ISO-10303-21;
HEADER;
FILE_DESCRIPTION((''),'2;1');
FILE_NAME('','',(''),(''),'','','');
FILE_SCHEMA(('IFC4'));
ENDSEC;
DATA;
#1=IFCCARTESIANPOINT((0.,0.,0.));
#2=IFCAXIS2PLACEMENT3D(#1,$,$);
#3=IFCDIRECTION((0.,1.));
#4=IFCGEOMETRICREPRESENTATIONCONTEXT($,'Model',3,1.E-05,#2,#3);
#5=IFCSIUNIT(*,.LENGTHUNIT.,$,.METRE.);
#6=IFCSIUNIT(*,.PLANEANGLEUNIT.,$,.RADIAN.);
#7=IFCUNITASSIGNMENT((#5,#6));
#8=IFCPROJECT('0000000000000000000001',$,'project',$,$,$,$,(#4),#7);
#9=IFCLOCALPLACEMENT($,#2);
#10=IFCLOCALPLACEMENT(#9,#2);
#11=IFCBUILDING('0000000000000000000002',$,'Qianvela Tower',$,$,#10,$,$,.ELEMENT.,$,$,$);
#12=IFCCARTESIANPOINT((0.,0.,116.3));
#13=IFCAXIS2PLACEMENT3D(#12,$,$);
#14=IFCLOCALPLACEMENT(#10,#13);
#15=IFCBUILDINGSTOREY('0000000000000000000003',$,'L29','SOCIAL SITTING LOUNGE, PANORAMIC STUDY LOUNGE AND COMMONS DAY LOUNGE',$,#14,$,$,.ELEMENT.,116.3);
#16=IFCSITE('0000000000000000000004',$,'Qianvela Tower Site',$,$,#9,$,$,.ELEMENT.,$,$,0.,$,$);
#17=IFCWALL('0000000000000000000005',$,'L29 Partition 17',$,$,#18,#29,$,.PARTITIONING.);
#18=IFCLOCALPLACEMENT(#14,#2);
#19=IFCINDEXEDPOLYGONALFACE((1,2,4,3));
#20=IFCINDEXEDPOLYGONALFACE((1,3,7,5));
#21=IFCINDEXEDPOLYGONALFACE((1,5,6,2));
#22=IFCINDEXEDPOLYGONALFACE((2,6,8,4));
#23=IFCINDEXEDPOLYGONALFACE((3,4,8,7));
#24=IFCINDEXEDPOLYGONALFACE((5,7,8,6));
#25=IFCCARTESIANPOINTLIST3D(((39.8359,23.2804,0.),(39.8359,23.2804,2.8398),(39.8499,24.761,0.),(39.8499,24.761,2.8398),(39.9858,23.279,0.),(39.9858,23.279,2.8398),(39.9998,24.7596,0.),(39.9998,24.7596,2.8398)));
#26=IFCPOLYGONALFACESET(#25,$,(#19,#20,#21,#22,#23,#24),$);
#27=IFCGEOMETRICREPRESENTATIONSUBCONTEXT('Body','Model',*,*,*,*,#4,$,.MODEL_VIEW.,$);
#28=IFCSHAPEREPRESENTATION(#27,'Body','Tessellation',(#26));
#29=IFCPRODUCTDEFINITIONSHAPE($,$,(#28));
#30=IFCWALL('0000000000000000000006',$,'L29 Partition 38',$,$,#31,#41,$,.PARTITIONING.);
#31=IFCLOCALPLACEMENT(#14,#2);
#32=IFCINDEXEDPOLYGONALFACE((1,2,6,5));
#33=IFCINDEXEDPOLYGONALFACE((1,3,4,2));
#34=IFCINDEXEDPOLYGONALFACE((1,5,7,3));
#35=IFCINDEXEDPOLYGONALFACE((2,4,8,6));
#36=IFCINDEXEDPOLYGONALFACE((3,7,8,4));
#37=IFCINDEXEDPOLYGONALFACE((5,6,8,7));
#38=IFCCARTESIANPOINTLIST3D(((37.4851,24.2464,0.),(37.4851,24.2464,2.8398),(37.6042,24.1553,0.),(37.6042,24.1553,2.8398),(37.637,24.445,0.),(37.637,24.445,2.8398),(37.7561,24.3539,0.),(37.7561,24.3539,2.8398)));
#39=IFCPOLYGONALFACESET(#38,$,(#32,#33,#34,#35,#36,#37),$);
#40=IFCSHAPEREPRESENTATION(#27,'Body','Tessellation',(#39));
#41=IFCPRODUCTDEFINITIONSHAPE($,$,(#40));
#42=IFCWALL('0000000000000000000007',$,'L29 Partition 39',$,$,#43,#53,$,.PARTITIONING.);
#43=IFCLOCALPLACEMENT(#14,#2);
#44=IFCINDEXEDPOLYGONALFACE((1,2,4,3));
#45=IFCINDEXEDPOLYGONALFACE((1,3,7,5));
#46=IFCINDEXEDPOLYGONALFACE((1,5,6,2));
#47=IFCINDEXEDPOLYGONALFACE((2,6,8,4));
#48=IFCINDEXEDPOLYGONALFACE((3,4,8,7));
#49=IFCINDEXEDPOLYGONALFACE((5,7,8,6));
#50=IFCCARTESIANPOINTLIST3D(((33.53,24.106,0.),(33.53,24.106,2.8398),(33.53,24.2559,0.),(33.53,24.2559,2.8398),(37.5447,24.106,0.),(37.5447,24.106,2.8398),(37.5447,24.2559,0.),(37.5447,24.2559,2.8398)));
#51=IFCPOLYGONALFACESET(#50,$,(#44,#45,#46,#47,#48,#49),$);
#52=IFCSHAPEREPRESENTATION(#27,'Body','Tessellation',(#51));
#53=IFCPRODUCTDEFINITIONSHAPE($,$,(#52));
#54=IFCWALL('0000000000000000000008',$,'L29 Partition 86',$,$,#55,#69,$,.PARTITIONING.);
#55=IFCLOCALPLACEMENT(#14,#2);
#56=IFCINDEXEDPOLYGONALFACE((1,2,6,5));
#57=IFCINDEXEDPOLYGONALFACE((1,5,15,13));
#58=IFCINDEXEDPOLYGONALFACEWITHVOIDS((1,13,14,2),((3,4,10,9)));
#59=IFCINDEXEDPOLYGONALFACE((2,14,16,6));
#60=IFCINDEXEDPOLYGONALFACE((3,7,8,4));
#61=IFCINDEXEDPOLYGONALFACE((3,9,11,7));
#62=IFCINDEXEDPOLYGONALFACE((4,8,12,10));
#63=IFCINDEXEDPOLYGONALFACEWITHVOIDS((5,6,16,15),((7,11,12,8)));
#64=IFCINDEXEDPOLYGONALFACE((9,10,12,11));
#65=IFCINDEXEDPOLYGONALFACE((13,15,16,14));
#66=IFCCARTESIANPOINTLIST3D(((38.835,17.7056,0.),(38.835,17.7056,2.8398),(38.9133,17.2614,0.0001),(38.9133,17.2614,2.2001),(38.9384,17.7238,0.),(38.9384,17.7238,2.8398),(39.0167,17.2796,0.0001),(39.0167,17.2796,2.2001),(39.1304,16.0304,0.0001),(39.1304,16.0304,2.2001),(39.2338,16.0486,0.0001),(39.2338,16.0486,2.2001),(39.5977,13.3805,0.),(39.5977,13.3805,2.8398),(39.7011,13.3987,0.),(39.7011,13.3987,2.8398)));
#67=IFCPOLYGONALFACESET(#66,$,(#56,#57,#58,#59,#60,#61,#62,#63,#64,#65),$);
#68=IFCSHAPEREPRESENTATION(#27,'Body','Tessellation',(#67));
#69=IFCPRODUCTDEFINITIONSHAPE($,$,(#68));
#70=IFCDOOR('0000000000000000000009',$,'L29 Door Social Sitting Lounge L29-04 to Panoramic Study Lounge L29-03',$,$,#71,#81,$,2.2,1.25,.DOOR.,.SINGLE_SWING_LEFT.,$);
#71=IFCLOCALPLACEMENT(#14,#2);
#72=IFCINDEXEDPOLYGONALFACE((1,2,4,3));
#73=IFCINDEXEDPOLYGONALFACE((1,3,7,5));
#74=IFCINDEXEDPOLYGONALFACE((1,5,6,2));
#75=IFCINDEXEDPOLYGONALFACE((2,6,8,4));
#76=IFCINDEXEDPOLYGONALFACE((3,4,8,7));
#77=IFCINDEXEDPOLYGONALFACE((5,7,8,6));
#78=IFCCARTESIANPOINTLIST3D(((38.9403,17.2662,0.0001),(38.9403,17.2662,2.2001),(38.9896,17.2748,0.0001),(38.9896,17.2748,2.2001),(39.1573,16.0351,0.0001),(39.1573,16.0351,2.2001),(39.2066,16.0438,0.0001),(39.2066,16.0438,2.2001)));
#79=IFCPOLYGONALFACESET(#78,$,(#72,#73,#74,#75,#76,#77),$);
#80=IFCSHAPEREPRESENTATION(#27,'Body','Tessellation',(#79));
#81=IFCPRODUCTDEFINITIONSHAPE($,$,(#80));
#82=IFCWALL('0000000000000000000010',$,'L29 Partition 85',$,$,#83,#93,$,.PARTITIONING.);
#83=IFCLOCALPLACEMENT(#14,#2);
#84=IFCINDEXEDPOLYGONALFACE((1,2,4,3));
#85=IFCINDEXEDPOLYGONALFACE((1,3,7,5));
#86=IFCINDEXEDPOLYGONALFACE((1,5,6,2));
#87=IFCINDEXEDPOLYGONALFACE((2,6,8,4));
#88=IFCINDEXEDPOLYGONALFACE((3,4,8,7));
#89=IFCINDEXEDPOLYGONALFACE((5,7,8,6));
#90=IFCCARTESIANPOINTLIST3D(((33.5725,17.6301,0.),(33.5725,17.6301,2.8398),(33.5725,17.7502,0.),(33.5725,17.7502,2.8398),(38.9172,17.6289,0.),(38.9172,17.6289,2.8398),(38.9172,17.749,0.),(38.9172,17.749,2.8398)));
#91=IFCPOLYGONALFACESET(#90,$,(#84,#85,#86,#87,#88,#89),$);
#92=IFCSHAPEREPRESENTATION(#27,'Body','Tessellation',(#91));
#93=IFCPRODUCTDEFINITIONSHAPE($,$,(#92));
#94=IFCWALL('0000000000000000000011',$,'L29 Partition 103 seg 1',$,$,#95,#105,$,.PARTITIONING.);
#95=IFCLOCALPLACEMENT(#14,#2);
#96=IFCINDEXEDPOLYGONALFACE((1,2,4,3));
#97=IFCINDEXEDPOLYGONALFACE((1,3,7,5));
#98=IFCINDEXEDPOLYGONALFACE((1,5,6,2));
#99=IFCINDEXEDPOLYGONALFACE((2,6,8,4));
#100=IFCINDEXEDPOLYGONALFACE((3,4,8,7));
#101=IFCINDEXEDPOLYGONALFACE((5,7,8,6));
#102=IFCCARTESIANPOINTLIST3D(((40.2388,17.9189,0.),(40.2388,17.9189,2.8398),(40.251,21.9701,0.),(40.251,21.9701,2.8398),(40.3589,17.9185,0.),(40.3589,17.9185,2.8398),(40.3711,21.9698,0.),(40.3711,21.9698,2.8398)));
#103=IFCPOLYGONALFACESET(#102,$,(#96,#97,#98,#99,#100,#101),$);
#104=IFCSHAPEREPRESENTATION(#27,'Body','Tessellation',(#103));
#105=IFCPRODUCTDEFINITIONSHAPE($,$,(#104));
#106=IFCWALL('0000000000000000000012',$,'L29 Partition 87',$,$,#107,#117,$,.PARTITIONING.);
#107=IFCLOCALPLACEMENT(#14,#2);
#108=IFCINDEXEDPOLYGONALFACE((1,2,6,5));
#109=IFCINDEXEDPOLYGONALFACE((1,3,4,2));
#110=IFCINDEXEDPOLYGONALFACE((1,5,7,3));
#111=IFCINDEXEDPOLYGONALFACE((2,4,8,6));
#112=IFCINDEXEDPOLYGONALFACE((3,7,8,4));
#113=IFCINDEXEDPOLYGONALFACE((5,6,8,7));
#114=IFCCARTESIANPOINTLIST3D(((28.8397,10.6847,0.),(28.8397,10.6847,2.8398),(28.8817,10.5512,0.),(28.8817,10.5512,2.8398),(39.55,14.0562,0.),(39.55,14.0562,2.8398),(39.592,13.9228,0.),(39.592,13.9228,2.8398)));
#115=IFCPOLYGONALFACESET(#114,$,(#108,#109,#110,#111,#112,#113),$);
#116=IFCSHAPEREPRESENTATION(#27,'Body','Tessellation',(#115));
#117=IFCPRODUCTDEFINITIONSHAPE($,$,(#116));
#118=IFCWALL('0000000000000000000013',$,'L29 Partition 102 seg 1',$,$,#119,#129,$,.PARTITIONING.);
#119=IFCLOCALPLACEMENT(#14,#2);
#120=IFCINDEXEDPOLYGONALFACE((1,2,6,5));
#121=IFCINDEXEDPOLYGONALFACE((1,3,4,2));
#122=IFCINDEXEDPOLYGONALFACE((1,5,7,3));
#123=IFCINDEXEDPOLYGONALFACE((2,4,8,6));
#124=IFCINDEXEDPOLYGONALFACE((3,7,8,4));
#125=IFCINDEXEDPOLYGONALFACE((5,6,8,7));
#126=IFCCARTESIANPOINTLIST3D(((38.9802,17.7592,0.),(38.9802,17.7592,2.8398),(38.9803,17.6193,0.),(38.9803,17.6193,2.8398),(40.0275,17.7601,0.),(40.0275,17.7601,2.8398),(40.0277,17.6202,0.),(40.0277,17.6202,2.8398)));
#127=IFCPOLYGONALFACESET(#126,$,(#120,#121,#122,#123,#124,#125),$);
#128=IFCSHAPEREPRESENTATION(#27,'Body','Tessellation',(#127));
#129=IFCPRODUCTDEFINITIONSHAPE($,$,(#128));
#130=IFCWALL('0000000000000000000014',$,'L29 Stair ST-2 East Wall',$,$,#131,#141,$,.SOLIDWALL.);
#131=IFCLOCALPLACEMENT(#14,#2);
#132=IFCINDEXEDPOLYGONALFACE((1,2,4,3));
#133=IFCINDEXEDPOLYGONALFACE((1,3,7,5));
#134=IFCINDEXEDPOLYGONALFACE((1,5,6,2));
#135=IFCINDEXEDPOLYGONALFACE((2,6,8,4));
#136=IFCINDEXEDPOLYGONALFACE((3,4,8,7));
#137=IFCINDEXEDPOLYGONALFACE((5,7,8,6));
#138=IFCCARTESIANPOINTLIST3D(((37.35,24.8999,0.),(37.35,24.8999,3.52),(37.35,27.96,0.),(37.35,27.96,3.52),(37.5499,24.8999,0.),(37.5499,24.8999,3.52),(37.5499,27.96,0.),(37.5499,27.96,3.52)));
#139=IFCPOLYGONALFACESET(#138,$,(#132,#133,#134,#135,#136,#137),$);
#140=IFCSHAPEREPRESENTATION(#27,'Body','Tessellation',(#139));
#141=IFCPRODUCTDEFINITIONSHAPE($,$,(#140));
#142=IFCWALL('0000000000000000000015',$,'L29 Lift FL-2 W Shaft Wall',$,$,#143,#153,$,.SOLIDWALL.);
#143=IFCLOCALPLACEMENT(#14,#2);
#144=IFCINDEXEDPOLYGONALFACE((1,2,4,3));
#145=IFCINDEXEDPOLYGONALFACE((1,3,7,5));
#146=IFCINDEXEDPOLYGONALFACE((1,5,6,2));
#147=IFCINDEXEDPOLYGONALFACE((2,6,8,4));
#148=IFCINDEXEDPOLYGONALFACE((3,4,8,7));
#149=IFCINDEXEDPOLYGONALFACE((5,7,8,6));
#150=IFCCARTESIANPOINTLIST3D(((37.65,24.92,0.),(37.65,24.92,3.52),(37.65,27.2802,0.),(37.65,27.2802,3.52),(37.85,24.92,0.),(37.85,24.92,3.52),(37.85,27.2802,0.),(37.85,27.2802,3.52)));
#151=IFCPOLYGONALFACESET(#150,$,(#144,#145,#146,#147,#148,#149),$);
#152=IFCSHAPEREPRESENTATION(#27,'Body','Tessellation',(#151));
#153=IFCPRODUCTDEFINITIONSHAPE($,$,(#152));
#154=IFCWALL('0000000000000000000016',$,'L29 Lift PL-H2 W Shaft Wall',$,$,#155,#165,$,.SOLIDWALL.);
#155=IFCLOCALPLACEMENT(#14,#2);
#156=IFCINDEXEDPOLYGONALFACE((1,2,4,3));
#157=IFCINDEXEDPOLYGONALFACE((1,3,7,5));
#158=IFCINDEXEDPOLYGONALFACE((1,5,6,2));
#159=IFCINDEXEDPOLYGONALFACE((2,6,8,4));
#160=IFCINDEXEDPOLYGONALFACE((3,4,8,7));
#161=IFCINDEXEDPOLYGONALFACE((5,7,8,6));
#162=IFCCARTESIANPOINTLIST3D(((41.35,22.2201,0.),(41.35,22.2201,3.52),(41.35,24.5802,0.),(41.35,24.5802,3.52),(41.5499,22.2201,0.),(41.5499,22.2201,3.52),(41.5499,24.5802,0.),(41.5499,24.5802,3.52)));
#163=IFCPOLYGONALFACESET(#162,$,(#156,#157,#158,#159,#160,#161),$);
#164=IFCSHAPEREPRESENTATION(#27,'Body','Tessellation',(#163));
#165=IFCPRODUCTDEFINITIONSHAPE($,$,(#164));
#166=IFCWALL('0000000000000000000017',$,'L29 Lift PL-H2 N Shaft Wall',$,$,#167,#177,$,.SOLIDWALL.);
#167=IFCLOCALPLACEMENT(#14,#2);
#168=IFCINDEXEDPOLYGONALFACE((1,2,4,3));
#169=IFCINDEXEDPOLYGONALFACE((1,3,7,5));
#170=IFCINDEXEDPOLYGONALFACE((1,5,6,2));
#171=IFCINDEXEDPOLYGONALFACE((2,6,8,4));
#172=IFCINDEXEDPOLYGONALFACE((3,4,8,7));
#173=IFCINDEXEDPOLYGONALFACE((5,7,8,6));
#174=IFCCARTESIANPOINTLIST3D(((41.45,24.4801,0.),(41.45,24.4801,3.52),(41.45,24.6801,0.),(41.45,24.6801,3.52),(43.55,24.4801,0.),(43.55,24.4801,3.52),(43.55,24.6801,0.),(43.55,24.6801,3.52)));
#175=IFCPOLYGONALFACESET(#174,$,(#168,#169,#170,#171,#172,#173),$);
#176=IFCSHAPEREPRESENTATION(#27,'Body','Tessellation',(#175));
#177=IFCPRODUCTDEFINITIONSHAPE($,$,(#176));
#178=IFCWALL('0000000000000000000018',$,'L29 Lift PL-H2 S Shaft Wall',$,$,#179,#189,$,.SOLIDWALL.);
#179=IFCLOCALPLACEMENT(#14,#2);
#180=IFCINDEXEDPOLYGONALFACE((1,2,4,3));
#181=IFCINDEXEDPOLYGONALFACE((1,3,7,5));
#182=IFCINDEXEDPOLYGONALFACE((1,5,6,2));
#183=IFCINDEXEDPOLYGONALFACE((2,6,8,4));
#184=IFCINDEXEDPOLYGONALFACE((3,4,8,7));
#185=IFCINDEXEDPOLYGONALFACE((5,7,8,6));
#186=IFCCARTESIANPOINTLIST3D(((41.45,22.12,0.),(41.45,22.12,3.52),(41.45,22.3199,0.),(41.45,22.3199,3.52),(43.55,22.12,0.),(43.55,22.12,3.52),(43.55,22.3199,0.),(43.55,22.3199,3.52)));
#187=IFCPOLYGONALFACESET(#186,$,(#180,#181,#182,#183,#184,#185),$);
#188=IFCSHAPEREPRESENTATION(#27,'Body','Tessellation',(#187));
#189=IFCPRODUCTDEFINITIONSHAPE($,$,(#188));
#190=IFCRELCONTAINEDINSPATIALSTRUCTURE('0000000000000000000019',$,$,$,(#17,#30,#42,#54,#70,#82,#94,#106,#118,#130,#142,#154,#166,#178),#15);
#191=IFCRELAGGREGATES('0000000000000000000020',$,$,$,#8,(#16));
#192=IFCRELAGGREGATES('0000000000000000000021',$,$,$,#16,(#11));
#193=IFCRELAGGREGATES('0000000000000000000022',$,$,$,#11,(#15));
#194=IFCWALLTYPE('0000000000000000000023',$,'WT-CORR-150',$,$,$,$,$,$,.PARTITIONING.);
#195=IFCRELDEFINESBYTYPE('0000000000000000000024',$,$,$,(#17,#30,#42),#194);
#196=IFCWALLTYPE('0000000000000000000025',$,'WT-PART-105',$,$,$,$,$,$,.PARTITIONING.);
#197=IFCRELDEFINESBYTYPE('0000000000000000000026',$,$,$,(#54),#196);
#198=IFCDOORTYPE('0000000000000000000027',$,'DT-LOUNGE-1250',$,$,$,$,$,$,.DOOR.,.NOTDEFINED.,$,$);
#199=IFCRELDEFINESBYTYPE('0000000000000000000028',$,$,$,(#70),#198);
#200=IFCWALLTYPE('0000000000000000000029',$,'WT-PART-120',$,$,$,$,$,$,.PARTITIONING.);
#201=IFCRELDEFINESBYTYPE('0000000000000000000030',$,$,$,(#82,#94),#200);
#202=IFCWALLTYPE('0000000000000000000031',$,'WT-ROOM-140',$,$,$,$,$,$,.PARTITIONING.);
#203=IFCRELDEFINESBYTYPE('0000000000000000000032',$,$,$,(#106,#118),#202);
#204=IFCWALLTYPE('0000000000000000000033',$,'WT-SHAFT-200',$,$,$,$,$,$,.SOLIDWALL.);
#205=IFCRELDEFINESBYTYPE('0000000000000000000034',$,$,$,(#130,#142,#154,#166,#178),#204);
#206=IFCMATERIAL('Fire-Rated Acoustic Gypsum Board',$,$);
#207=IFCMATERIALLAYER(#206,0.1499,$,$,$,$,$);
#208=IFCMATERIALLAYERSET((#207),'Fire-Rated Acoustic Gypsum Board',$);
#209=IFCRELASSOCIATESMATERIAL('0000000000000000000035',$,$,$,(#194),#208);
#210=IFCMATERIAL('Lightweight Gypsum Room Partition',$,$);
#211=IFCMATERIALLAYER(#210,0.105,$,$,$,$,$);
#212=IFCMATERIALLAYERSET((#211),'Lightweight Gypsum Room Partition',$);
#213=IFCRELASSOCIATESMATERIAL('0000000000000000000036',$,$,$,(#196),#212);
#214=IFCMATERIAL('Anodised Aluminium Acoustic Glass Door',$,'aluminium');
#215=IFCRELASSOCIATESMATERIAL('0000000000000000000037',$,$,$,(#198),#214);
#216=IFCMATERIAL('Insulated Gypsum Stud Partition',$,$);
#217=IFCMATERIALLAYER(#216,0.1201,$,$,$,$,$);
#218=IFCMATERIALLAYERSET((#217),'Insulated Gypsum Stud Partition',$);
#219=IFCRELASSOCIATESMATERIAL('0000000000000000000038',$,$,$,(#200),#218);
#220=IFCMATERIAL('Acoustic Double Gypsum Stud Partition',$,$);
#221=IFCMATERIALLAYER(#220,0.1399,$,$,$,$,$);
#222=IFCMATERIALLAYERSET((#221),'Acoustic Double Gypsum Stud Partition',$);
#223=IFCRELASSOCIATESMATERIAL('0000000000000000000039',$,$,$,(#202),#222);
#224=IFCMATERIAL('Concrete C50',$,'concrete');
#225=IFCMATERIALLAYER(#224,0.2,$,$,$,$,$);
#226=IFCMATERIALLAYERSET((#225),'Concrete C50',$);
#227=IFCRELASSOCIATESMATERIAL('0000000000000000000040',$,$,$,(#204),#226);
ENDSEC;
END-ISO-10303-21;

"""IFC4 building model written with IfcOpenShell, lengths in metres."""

from ifc_helpers import new_model, si_unit, direction, frame, frame_2d, origin, place, context, subcontext, project, spatial, rectangle, extrude, material, layer, layer_set, type_object, element, fill, save


model = new_model("IFC4")

# Units and contexts
model_context = context("Model", 3, precision=1e-05, world=origin(), true_north=direction((0.0, 1.0)))
body_context = subcontext(model_context, "Body", "Model", "MODEL_VIEW")
ifc_project = project(units=[si_unit("LENGTHUNIT", "METRE"), si_unit("PLANEANGLEUNIT", "RADIAN")], contexts=[model_context])

# Site, building, storey
site_placement = place(None, origin())
site = spatial("IfcSite", under=ifc_project, at=site_placement, Name="Qianvela Tower Site", CompositionType="ELEMENT", RefElevation=0.0)
building_placement = place(site_placement, origin())
building = spatial("IfcBuilding", under=site, at=building_placement, Name="Qianvela Tower", CompositionType="ELEMENT")
storey_placement = place(building_placement, frame((0.0, 0.0, 116.3)))
storey = spatial("IfcBuildingStorey", under=building, at=storey_placement, Name="L29", Description="SOCIAL SITTING LOUNGE, PANORAMIC STUDY LOUNGE AND COMMONS DAY LOUNGE", CompositionType="ELEMENT", Elevation=116.3)

# Walls
ifc_material_1 = material(Name="Fire-Rated Acoustic Gypsum Board")
ifc_layer_1 = layer(ifc_material_1, 0.1499)
ifc_layer_set_1 = layer_set([ifc_layer_1], Name="Fire-Rated Acoustic Gypsum Board")
wall_type_1 = type_object("IfcWallType", Name="WT-CORR-150", PredefinedType="PARTITIONING", material=ifc_layer_set_1)
wall_1_placement = place(storey_placement, frame((39.9109, 23.2798, 0.0), z_axis=(0.0, 0.0, 1.0), x_axis=(0.009398, 0.999956, 0.0)))
element("IfcWall", 1, at=wall_1_placement, inside=storey, type_object=wall_type_1, Name="L29 Partition 17", PredefinedType="PARTITIONING", context=body_context, shape_type="SweptSolid", body=[
    extrude(rectangle(XDim=1.4807, YDim=0.1499, at=frame_2d((0.7402, 0.0))), origin(), (0.0, 0.0, 1.0), 2.8398),
])
wall_2_placement = place(storey_placement, frame((37.6965, 24.3994, 0.0), z_axis=(0.0, 0.0, 1.0), x_axis=(-0.607631, -0.794219, 0.0)))
element("IfcWall", 2, at=wall_2_placement, inside=storey, type_object=wall_type_1, Name="L29 Partition 38", PredefinedType="PARTITIONING", context=body_context, shape_type="SweptSolid", body=[
    extrude(rectangle(XDim=0.25, YDim=0.1499, at=frame_2d((0.125, 0.0))), origin(), (0.0, 0.0, 1.0), 2.8398),
])
wall_3_placement = place(storey_placement, frame((37.5447, 24.1809, 0.0), z_axis=(0.0, 0.0, 1.0), x_axis=(-1.0, 0.0, 0.0)))
element("IfcWall", 3, at=wall_3_placement, inside=storey, type_object=wall_type_1, Name="L29 Partition 39", PredefinedType="PARTITIONING", context=body_context, shape_type="SweptSolid", body=[
    extrude(rectangle(XDim=4.0146, YDim=0.1499, at=frame_2d((2.0073, 0.0))), origin(), (0.0, 0.0, 1.0), 2.8398),
])

# Wall, opening, door
ifc_material_2 = material(Name="Lightweight Gypsum Room Partition")
ifc_layer_2 = layer(ifc_material_2, 0.105)
ifc_layer_set_2 = layer_set([ifc_layer_2], Name="Lightweight Gypsum Room Partition")
wall_type_2 = type_object("IfcWallType", Name="WT-PART-105", PredefinedType="PARTITIONING", material=ifc_layer_set_2)
wall_4_placement = place(storey_placement, frame((38.8867, 17.7146, 0.0), z_axis=(0.0, 0.0, 1.0), x_axis=(0.173658, -0.984806, 0.0)))
wall_4 = element("IfcWall", 4, at=wall_4_placement, inside=storey, type_object=wall_type_2, Name="L29 Partition 86", PredefinedType="PARTITIONING", context=body_context, shape_type="SweptSolid", body=[
    extrude(rectangle(XDim=4.3918, YDim=0.105, at=frame_2d((2.1958, 0.0))), origin(), (0.0, 0.0, 1.0), 2.8398),
])
opening_1_placement = place(wall_4_placement, frame((0.4509, 0.0, 0.0)))
opening_1 = element("IfcOpeningElement", 5, at=opening_1_placement, cuts=wall_4, PredefinedType="OPENING", context=body_context, shape_type="SweptSolid", body=[
    extrude(rectangle(XDim=1.25, YDim=2.2, at=frame_2d((0.625, 1.1001))), frame((0.0, 0.0625, 0.0), z_axis=(0.0, -1.0, 0.0), x_axis=(1.0, 0.0, 0.0)), (0.0, 0.0, 1.0), 0.125),
])
ifc_material_3 = material(Name="Anodised Aluminium Acoustic Glass Door", Category="aluminium")
door_type_1 = type_object("IfcDoorType", Name="DT-LOUNGE-1250", OperationType="NOTDEFINED", PredefinedType="DOOR", material=ifc_material_3)
door_1_placement = place(opening_1_placement, origin())
door_1 = element("IfcDoor", 6, at=door_1_placement, inside=storey, type_object=door_type_1, Name="L29 Door Social Sitting Lounge L29-04 to Panoramic Study Lounge L29-03", OperationType="SINGLE_SWING_LEFT", OverallHeight=2.2, OverallWidth=1.25, PredefinedType="DOOR", context=body_context, shape_type="SweptSolid", body=[
    extrude(rectangle(XDim=1.25, YDim=2.2, at=frame_2d((0.625, 1.1001))), frame((0.0, 0.0249, 0.0), z_axis=(0.0, -1.0, 0.0), x_axis=(1.0, 0.0, 0.0)), (0.0, 0.0, 1.0), 0.05),
])
fill(opening_1, door_1)

# Walls
ifc_material_4 = material(Name="Insulated Gypsum Stud Partition")
ifc_layer_3 = layer(ifc_material_4, 0.1201)
ifc_layer_set_3 = layer_set([ifc_layer_3], Name="Insulated Gypsum Stud Partition")
wall_type_3 = type_object("IfcWallType", Name="WT-PART-120", PredefinedType="PARTITIONING", material=ifc_layer_set_3)
wall_5_placement = place(storey_placement, frame((33.5725, 17.6902, 0.0), z_axis=(0.0, 0.0, 1.0), x_axis=(1.0, -0.000228, 0.0)))
element("IfcWall", 7, at=wall_5_placement, inside=storey, type_object=wall_type_3, Name="L29 Partition 85", PredefinedType="PARTITIONING", context=body_context, shape_type="SweptSolid", body=[
    extrude(rectangle(XDim=5.3447, YDim=0.1201, at=frame_2d((2.6724, 0.0))), origin(), (0.0, 0.0, 1.0), 2.8398),
])
wall_6_placement = place(storey_placement, frame((40.2988, 17.9187, 0.0), z_axis=(0.0, 0.0, 1.0), x_axis=(0.003013, 0.999995, 0.0)))
element("IfcWall", 8, at=wall_6_placement, inside=storey, type_object=wall_type_3, Name="L29 Partition 103 seg 1", PredefinedType="PARTITIONING", context=body_context, shape_type="SweptSolid", body=[
    extrude(rectangle(XDim=4.0513, YDim=0.1201, at=frame_2d((2.0256, 0.0))), origin(), (0.0, 0.0, 1.0), 2.8398),
])
ifc_material_5 = material(Name="Acoustic Double Gypsum Stud Partition")
ifc_layer_4 = layer(ifc_material_5, 0.1399)
ifc_layer_set_4 = layer_set([ifc_layer_4], Name="Acoustic Double Gypsum Stud Partition")
wall_type_4 = type_object("IfcWallType", Name="WT-ROOM-140", PredefinedType="PARTITIONING", material=ifc_layer_set_4)
wall_7_placement = place(storey_placement, frame((39.571, 13.9895, 0.0), z_axis=(0.0, 0.0, 1.0), x_axis=(-0.953855, -0.300268, 0.0)))
element("IfcWall", 9, at=wall_7_placement, inside=storey, type_object=wall_type_4, Name="L29 Partition 87", PredefinedType="PARTITIONING", context=body_context, shape_type="SweptSolid", body=[
    extrude(rectangle(XDim=11.2285, YDim=0.1399, at=frame_2d((5.6143, 0.0))), origin(), (0.0, 0.0, 1.0), 2.8398),
])
wall_8_placement = place(storey_placement, frame((38.9802, 17.6892, 0.0), z_axis=(0.0, 0.0, 1.0), x_axis=(1.0, 0.000932, 0.0)))
element("IfcWall", 10, at=wall_8_placement, inside=storey, type_object=wall_type_4, Name="L29 Partition 102 seg 1", PredefinedType="PARTITIONING", context=body_context, shape_type="SweptSolid", body=[
    extrude(rectangle(XDim=1.0474, YDim=0.1399, at=frame_2d((0.5237, 0.0))), origin(), (0.0, 0.0, 1.0), 2.8398),
])
ifc_material_6 = material(Name="Concrete C50", Category="concrete")
ifc_layer_5 = layer(ifc_material_6, 0.2)
ifc_layer_set_5 = layer_set([ifc_layer_5], Name="Concrete C50")
wall_type_5 = type_object("IfcWallType", Name="WT-SHAFT-200", PredefinedType="SOLIDWALL", material=ifc_layer_set_5)
wall_9_placement = place(storey_placement, frame((37.45, 24.8999, 0.0), z_axis=(0.0, 0.0, 1.0), x_axis=(0.0, 1.0, 0.0)))
element("IfcWall", 11, at=wall_9_placement, inside=storey, type_object=wall_type_5, Name="L29 Stair ST-2 East Wall", PredefinedType="SOLIDWALL", context=body_context, shape_type="SweptSolid", body=[
    extrude(rectangle(XDim=3.0601, YDim=0.2, at=frame_2d((1.53, 0.0))), origin(), (0.0, 0.0, 1.0), 3.52),
])

# Walls
for number, where, z_axis, x_axis, name in (
    (12, (37.75, 24.9199, 0.0), (0.0, 0.0, 1.0), (0.0, 1.0, 0.0), "L29 Lift FL-2 W Shaft Wall"),
    (13, (41.45, 22.22, 0.0), (0.0, 0.0, 1.0), (0.0, 1.0, 0.0), "L29 Lift PL-H2 W Shaft Wall"),
):
    element("IfcWall", number, at=place(storey_placement, frame(where, z_axis=z_axis, x_axis=x_axis)), inside=storey, type_object=wall_type_5, Name=name, PredefinedType="SOLIDWALL", context=body_context, shape_type="SweptSolid", body=[
        extrude(rectangle(XDim=2.3601, YDim=0.2, at=frame_2d((1.1802, 0.0))), origin(), (0.0, 0.0, 1.0), 3.52),
    ])
for number, where, z_axis, x_axis, name in (
    (14, (41.45, 24.5801, 0.0), (0.0, 0.0, 1.0), (1.0, 0.0, 0.0), "L29 Lift PL-H2 N Shaft Wall"),
    (15, (41.45, 22.22, 0.0), (0.0, 0.0, 1.0), (1.0, 0.0, 0.0), "L29 Lift PL-H2 S Shaft Wall"),
):
    element("IfcWall", number, at=place(storey_placement, frame(where, z_axis=z_axis, x_axis=x_axis)), inside=storey, type_object=wall_type_5, Name=name, PredefinedType="SOLIDWALL", context=body_context, shape_type="SweptSolid", body=[
        extrude(rectangle(XDim=2.1001, YDim=0.2, at=frame_2d((1.05, 0.0))), origin(), (0.0, 0.0, 1.0), 3.52),
    ])

save(model, "model.ifc")
